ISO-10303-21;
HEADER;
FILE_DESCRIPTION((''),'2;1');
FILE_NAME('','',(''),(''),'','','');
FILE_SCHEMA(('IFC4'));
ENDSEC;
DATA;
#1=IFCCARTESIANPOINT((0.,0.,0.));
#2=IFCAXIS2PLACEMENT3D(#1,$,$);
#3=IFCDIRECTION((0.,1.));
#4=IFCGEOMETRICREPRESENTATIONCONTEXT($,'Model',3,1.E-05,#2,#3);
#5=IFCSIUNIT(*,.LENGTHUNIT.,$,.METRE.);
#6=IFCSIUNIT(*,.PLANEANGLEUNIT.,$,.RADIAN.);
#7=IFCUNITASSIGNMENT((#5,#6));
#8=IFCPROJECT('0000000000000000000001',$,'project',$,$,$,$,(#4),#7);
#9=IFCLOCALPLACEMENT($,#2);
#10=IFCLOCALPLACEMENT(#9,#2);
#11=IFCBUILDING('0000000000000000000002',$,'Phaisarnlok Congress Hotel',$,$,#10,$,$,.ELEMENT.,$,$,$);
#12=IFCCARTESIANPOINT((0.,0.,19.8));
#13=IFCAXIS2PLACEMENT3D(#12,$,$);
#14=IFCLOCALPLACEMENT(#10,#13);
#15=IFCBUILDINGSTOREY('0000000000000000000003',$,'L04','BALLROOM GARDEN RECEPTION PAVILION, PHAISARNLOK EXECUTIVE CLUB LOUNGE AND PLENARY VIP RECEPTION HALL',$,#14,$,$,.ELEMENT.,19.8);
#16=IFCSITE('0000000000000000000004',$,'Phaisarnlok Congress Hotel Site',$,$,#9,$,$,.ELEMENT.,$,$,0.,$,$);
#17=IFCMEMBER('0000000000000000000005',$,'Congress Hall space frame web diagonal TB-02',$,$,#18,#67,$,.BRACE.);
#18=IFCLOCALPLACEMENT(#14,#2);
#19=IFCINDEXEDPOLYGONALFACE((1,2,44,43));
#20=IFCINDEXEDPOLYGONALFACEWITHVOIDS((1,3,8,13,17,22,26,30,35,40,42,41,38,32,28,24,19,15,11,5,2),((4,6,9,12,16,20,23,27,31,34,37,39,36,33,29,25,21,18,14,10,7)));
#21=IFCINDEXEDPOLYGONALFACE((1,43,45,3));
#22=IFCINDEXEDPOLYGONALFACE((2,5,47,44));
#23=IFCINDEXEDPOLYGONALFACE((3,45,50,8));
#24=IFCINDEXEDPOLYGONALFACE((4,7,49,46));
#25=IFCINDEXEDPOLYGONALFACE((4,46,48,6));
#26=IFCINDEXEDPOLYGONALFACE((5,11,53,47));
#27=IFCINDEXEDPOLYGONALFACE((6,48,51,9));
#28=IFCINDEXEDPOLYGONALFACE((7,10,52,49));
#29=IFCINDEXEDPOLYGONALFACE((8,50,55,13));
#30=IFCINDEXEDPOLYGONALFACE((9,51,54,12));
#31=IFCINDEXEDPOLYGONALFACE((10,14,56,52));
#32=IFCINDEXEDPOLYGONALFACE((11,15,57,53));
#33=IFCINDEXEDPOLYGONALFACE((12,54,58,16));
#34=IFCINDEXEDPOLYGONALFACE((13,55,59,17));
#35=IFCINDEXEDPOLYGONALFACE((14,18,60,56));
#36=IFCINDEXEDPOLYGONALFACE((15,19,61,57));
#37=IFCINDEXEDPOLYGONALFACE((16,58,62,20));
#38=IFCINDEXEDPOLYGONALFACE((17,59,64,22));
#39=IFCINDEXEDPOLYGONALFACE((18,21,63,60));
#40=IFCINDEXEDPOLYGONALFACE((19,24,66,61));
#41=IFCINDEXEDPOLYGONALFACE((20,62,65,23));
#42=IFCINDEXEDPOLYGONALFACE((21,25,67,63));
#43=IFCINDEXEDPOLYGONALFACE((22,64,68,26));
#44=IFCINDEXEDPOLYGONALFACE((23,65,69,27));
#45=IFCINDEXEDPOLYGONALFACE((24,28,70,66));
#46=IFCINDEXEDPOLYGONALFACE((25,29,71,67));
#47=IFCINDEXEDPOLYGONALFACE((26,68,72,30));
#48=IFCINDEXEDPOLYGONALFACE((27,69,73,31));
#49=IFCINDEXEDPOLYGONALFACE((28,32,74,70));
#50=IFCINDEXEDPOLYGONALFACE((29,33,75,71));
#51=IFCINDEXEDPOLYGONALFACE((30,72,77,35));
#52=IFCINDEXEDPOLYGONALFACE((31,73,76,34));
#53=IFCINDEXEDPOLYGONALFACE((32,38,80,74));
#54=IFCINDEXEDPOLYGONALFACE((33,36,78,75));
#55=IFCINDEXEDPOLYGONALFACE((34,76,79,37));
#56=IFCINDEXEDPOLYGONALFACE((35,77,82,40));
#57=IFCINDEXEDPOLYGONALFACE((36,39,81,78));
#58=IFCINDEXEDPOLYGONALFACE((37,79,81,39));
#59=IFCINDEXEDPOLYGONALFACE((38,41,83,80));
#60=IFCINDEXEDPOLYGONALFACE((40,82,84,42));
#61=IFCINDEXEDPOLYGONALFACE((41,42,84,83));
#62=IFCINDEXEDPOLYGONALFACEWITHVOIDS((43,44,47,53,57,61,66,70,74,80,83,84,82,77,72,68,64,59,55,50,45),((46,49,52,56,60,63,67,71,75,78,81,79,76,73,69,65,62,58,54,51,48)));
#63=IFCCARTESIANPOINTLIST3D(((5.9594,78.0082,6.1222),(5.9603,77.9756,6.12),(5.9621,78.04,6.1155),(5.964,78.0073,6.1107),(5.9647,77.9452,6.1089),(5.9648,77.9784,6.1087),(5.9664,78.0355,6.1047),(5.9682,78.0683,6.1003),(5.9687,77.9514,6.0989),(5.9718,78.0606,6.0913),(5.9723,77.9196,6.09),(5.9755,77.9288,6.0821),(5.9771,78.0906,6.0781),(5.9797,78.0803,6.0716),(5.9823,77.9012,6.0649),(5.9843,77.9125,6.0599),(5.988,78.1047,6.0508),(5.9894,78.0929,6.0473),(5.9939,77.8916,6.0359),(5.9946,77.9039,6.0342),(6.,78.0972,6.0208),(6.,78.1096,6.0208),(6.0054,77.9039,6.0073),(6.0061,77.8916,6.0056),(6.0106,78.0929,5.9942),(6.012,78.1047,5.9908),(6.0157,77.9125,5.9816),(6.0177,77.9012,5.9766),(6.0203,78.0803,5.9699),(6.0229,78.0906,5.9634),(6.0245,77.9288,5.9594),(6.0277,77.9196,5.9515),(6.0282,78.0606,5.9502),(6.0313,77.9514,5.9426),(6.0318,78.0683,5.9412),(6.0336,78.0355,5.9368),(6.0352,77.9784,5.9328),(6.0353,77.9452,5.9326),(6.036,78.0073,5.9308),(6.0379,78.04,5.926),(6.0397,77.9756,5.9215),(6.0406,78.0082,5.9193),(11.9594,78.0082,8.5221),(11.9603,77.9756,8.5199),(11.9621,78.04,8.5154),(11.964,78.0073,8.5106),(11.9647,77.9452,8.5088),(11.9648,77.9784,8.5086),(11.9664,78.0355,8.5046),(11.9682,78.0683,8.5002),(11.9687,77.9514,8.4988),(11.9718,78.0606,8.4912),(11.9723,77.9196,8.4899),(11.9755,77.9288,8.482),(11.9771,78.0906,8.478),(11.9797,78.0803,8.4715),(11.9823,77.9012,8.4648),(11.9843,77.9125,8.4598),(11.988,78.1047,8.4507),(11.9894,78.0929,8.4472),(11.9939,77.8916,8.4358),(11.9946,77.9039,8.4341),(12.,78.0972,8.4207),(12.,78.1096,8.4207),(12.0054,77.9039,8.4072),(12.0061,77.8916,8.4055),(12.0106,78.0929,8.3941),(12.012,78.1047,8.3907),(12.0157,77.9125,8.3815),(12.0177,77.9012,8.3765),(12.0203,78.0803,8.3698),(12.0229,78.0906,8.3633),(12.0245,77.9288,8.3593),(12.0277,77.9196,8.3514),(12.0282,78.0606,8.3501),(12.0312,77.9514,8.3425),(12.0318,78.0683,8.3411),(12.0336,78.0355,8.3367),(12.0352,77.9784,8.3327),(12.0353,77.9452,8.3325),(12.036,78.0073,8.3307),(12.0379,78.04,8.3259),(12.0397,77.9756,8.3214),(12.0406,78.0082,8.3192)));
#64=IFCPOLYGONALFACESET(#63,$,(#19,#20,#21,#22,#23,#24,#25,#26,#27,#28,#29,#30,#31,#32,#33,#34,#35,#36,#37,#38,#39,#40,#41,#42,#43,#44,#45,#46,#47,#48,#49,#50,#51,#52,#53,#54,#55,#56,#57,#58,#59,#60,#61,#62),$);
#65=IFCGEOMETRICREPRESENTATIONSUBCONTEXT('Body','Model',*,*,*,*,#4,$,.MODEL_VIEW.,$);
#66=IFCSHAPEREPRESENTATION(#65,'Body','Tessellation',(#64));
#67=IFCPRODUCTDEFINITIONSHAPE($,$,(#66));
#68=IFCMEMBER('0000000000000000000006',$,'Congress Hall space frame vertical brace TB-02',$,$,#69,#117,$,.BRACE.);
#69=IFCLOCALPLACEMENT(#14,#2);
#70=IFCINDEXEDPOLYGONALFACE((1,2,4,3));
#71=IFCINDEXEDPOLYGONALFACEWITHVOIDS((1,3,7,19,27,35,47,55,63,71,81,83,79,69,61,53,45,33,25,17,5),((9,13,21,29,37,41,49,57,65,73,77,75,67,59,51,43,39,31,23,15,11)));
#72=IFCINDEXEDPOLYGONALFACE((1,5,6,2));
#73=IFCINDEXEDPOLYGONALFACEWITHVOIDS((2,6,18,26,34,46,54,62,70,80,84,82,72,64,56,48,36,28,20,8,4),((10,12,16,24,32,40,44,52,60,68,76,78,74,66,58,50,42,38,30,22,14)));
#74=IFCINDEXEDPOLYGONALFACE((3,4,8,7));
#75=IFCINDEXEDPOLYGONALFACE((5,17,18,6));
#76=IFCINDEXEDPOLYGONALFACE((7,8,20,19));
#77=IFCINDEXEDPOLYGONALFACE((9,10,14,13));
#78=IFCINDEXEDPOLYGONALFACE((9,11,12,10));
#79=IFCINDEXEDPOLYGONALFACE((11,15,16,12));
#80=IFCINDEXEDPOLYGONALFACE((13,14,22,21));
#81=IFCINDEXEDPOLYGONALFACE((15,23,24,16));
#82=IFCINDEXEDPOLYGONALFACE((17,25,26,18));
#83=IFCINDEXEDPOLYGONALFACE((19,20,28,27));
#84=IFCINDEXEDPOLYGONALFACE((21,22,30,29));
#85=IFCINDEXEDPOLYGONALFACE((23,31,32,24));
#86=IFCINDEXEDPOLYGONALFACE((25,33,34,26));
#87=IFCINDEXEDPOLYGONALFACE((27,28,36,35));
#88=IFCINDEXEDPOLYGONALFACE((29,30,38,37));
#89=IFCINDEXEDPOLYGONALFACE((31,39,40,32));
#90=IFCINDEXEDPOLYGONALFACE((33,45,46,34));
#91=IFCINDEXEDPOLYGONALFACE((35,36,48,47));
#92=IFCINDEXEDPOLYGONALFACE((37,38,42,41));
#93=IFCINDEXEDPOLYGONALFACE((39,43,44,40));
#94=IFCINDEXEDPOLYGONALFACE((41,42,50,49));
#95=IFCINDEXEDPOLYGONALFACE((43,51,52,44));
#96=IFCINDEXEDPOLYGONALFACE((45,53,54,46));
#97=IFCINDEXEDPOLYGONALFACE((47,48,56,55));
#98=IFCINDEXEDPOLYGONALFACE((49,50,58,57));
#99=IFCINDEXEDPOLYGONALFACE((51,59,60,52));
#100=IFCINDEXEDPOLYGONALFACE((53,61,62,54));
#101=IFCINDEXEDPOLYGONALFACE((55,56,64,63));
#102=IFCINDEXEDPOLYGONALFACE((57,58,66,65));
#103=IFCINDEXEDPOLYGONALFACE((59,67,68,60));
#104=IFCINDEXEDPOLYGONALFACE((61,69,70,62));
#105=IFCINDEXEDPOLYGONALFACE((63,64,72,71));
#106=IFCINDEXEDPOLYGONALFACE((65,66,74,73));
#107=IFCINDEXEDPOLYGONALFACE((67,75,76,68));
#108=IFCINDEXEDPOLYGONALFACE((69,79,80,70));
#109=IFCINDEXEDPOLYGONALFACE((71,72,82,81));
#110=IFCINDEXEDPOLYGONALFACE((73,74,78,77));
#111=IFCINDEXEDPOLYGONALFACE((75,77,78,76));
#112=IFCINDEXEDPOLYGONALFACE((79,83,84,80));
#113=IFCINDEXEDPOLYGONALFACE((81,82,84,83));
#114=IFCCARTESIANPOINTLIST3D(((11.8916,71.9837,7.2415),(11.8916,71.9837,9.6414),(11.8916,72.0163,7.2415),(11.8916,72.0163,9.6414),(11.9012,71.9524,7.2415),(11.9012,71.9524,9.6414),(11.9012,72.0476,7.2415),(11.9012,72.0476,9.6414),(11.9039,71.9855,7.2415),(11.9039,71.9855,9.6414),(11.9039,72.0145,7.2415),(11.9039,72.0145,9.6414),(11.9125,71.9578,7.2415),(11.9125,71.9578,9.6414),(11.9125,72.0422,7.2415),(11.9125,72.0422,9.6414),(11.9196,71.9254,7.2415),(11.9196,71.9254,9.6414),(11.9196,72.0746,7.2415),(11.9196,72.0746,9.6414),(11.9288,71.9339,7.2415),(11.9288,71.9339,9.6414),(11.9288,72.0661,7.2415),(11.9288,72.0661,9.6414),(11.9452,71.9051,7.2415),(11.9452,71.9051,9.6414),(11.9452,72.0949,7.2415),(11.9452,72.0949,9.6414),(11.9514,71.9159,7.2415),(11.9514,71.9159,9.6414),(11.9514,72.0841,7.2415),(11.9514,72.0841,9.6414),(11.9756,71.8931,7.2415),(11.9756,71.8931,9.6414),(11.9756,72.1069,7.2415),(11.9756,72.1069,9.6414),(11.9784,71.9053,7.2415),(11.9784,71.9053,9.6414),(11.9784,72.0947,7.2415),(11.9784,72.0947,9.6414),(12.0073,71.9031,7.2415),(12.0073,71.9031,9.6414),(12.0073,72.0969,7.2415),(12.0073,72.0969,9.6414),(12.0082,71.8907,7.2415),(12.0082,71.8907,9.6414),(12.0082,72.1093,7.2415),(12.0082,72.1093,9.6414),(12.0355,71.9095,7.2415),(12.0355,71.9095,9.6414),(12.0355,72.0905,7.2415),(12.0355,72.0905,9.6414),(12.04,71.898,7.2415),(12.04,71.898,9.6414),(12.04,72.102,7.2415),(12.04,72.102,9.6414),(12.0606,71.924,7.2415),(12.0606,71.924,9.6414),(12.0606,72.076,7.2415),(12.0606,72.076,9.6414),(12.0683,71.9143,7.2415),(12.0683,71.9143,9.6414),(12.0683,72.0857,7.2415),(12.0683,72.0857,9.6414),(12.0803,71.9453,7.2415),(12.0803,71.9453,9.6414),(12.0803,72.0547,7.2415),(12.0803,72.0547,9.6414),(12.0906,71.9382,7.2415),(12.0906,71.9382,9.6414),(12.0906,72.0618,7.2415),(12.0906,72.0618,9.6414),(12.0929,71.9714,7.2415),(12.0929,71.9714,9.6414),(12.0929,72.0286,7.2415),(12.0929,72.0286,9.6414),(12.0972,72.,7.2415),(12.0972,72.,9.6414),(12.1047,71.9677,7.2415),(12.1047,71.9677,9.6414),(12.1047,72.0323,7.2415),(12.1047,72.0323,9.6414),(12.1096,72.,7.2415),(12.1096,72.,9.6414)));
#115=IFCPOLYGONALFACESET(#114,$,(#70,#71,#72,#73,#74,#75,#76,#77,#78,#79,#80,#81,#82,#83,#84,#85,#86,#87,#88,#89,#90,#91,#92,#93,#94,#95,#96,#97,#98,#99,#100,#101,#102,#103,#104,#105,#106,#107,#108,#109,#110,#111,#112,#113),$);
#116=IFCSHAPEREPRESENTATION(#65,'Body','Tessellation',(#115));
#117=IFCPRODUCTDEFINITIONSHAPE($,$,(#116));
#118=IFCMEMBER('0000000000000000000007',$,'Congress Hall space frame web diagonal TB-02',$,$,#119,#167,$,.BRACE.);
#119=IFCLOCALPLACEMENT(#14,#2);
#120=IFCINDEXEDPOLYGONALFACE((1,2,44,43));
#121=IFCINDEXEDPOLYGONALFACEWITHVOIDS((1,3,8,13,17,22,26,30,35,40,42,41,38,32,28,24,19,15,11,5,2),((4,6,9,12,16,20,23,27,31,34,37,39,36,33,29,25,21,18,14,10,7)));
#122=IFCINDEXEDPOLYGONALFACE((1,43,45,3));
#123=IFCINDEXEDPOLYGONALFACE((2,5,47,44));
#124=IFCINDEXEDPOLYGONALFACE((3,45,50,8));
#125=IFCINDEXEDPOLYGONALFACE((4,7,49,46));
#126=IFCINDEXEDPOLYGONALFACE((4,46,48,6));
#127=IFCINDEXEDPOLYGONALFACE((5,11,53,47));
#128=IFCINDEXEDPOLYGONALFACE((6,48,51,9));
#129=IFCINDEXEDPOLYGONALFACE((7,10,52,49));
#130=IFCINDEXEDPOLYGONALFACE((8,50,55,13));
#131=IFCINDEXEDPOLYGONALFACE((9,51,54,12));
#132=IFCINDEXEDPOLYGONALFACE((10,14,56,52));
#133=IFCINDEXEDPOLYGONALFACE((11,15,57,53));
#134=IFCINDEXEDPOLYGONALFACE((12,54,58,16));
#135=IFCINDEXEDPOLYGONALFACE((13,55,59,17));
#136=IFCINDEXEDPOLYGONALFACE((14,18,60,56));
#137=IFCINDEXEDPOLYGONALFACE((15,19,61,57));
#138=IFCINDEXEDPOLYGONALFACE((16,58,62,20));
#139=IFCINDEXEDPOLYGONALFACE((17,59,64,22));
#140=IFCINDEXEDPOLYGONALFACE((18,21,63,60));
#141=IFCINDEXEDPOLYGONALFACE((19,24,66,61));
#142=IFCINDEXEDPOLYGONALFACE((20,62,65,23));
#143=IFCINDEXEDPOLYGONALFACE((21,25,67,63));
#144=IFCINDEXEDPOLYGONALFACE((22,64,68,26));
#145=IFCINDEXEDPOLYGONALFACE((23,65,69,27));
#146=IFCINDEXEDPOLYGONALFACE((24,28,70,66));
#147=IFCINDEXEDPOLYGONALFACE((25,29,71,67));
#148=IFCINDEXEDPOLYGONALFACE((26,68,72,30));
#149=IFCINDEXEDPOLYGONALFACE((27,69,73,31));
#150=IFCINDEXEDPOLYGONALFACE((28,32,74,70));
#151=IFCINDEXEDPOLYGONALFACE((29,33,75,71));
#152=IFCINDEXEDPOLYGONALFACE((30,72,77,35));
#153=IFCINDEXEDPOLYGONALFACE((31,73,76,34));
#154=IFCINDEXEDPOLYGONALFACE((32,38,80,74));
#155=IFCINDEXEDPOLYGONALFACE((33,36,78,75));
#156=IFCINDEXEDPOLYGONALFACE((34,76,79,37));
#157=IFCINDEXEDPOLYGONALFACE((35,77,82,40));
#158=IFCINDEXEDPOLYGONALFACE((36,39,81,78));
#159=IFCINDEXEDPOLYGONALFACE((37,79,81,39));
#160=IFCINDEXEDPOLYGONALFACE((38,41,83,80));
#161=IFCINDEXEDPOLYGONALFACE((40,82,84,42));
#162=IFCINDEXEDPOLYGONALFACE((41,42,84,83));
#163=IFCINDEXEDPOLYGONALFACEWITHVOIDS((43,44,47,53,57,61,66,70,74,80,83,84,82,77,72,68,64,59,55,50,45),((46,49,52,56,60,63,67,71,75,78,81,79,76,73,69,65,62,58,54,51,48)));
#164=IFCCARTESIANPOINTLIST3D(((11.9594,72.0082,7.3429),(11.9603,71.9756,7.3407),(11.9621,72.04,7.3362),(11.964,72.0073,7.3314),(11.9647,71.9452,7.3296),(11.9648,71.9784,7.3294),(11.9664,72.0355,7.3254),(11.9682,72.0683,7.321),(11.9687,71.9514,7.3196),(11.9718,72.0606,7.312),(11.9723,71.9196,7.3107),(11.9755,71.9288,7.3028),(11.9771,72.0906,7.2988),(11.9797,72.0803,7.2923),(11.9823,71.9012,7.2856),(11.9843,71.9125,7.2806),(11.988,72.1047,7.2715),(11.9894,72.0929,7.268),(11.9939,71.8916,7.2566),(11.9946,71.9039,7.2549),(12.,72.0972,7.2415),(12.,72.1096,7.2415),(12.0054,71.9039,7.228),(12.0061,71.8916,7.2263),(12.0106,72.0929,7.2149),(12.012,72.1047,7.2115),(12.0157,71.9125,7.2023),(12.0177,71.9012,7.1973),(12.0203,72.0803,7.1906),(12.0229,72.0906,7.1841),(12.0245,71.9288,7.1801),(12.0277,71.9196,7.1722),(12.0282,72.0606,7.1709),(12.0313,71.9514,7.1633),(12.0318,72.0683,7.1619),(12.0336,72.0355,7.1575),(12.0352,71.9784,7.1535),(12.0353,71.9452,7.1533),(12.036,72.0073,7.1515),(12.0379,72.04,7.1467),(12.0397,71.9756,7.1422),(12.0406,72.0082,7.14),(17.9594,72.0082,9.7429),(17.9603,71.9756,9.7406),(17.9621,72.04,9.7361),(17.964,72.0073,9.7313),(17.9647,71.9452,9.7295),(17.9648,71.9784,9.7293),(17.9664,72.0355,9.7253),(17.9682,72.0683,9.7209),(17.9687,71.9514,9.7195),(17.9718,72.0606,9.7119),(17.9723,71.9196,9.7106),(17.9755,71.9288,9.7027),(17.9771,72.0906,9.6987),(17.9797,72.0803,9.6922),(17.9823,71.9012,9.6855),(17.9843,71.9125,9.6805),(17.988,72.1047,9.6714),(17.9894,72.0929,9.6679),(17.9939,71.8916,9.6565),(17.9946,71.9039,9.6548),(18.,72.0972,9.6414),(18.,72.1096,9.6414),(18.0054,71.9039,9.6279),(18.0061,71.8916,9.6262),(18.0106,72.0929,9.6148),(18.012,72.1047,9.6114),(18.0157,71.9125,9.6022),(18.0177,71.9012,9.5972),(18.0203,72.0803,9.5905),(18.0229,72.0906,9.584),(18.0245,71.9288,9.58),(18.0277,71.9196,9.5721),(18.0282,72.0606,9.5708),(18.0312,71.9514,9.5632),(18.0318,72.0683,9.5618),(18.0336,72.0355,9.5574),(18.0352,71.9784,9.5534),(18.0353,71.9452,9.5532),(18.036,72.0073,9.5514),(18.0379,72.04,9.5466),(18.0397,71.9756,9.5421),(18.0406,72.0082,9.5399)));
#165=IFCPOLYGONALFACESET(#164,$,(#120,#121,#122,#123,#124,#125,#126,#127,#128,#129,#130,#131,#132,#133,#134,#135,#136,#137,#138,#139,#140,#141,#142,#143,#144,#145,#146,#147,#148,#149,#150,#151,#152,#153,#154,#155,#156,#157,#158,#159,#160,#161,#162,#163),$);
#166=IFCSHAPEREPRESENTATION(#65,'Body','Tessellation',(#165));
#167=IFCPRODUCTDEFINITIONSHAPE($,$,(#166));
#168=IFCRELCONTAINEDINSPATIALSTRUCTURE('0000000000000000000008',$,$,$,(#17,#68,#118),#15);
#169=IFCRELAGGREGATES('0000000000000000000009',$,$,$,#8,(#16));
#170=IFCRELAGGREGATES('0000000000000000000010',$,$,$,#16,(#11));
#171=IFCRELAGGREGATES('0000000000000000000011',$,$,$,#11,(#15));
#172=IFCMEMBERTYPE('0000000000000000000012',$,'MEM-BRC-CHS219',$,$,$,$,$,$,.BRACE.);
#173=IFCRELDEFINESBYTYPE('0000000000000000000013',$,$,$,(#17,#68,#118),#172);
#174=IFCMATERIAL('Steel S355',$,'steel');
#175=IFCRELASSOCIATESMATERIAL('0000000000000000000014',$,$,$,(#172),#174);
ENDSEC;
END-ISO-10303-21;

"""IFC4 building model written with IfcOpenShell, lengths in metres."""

from ifc_helpers import new_model, si_unit, direction, frame, origin, origin_2d, place, context, subcontext, project, spatial, hollow_circle, extrude, material, material_profile, profile_set, type_object, element, save


model = new_model("IFC4")

# Units and contexts
model_context = context("Model", 3, precision=1e-05, world=origin(), true_north=direction((0.0, 1.0)))
body_context = subcontext(model_context, "Body", "Model", "MODEL_VIEW")
ifc_project = project(units=[si_unit("LENGTHUNIT", "METRE"), si_unit("PLANEANGLEUNIT", "RADIAN")], contexts=[model_context])

# Site, building, storey
site_placement = place(None, origin())
site = spatial("IfcSite", under=ifc_project, at=site_placement, Name="Phaisarnlok Congress Hotel Site", CompositionType="ELEMENT", RefElevation=0.0)
building_placement = place(site_placement, origin())
building = spatial("IfcBuilding", under=site, at=building_placement, Name="Phaisarnlok Congress Hotel", CompositionType="ELEMENT")
storey_placement = place(building_placement, frame((0.0, 0.0, 19.8)))
storey = spatial("IfcBuildingStorey", under=building, at=storey_placement, Name="L04", Description="BALLROOM GARDEN RECEPTION PAVILION, PHAISARNLOK EXECUTIVE CLUB LOUNGE AND PLENARY VIP RECEPTION HALL", CompositionType="ELEMENT", Elevation=19.8)

# Members
ifc_material = material(Name="Steel S355", Category="steel")
ifc_material_profile_1 = material_profile(ifc_material, hollow_circle(Radius=0.1096, WallThickness=0.0125, at=origin_2d()), Name="CHS 219.1x12.5")
ifc_profile_set_1 = profile_set([ifc_material_profile_1], Name="Steel S355")
member_type_1 = type_object("IfcMemberType", Name="MEM-BRC-CHS219", PredefinedType="BRACE", material=ifc_profile_set_1)
member_1_placement = place(storey_placement, frame((6.0, 78.0, 6.0208), z_axis=(0.928482, 0.0, 0.371378), x_axis=(0.0, 1.0, 0.0)))
element("IfcMember", 1, at=member_1_placement, inside=storey, type_object=member_type_1, Name="Congress Hall space frame web diagonal TB-02", PredefinedType="BRACE", context=body_context, shape_type="SweptSolid", body=[
    extrude(hollow_circle(Radius=0.1096, WallThickness=0.0125, at=origin_2d()), origin(), (0.0, 0.0, 1.0), 6.4622),
])
member_2_placement = place(storey_placement, frame((12.0, 72.0, 7.2415), z_axis=(0.0, 0.0, 1.0), x_axis=(1.0, 0.0, 0.0)))
element("IfcMember", 2, at=member_2_placement, inside=storey, type_object=member_type_1, Name="Congress Hall space frame vertical brace TB-02", PredefinedType="BRACE", context=body_context, shape_type="SweptSolid", body=[
    extrude(hollow_circle(Radius=0.1096, WallThickness=0.0125, at=origin_2d()), origin(), (0.0, 0.0, 1.0), 2.3999),
])
member_3_placement = place(storey_placement, frame((12.0, 72.0, 7.2415), z_axis=(0.928482, 0.0, 0.371378), x_axis=(0.0, 1.0, 0.0)))
element("IfcMember", 3, at=member_3_placement, inside=storey, type_object=member_type_1, Name="Congress Hall space frame web diagonal TB-02", PredefinedType="BRACE", context=body_context, shape_type="SweptSolid", body=[
    extrude(hollow_circle(Radius=0.1096, WallThickness=0.0125, at=origin_2d()), origin(), (0.0, 0.0, 1.0), 6.4622),
])

save(model, "model.ifc")
